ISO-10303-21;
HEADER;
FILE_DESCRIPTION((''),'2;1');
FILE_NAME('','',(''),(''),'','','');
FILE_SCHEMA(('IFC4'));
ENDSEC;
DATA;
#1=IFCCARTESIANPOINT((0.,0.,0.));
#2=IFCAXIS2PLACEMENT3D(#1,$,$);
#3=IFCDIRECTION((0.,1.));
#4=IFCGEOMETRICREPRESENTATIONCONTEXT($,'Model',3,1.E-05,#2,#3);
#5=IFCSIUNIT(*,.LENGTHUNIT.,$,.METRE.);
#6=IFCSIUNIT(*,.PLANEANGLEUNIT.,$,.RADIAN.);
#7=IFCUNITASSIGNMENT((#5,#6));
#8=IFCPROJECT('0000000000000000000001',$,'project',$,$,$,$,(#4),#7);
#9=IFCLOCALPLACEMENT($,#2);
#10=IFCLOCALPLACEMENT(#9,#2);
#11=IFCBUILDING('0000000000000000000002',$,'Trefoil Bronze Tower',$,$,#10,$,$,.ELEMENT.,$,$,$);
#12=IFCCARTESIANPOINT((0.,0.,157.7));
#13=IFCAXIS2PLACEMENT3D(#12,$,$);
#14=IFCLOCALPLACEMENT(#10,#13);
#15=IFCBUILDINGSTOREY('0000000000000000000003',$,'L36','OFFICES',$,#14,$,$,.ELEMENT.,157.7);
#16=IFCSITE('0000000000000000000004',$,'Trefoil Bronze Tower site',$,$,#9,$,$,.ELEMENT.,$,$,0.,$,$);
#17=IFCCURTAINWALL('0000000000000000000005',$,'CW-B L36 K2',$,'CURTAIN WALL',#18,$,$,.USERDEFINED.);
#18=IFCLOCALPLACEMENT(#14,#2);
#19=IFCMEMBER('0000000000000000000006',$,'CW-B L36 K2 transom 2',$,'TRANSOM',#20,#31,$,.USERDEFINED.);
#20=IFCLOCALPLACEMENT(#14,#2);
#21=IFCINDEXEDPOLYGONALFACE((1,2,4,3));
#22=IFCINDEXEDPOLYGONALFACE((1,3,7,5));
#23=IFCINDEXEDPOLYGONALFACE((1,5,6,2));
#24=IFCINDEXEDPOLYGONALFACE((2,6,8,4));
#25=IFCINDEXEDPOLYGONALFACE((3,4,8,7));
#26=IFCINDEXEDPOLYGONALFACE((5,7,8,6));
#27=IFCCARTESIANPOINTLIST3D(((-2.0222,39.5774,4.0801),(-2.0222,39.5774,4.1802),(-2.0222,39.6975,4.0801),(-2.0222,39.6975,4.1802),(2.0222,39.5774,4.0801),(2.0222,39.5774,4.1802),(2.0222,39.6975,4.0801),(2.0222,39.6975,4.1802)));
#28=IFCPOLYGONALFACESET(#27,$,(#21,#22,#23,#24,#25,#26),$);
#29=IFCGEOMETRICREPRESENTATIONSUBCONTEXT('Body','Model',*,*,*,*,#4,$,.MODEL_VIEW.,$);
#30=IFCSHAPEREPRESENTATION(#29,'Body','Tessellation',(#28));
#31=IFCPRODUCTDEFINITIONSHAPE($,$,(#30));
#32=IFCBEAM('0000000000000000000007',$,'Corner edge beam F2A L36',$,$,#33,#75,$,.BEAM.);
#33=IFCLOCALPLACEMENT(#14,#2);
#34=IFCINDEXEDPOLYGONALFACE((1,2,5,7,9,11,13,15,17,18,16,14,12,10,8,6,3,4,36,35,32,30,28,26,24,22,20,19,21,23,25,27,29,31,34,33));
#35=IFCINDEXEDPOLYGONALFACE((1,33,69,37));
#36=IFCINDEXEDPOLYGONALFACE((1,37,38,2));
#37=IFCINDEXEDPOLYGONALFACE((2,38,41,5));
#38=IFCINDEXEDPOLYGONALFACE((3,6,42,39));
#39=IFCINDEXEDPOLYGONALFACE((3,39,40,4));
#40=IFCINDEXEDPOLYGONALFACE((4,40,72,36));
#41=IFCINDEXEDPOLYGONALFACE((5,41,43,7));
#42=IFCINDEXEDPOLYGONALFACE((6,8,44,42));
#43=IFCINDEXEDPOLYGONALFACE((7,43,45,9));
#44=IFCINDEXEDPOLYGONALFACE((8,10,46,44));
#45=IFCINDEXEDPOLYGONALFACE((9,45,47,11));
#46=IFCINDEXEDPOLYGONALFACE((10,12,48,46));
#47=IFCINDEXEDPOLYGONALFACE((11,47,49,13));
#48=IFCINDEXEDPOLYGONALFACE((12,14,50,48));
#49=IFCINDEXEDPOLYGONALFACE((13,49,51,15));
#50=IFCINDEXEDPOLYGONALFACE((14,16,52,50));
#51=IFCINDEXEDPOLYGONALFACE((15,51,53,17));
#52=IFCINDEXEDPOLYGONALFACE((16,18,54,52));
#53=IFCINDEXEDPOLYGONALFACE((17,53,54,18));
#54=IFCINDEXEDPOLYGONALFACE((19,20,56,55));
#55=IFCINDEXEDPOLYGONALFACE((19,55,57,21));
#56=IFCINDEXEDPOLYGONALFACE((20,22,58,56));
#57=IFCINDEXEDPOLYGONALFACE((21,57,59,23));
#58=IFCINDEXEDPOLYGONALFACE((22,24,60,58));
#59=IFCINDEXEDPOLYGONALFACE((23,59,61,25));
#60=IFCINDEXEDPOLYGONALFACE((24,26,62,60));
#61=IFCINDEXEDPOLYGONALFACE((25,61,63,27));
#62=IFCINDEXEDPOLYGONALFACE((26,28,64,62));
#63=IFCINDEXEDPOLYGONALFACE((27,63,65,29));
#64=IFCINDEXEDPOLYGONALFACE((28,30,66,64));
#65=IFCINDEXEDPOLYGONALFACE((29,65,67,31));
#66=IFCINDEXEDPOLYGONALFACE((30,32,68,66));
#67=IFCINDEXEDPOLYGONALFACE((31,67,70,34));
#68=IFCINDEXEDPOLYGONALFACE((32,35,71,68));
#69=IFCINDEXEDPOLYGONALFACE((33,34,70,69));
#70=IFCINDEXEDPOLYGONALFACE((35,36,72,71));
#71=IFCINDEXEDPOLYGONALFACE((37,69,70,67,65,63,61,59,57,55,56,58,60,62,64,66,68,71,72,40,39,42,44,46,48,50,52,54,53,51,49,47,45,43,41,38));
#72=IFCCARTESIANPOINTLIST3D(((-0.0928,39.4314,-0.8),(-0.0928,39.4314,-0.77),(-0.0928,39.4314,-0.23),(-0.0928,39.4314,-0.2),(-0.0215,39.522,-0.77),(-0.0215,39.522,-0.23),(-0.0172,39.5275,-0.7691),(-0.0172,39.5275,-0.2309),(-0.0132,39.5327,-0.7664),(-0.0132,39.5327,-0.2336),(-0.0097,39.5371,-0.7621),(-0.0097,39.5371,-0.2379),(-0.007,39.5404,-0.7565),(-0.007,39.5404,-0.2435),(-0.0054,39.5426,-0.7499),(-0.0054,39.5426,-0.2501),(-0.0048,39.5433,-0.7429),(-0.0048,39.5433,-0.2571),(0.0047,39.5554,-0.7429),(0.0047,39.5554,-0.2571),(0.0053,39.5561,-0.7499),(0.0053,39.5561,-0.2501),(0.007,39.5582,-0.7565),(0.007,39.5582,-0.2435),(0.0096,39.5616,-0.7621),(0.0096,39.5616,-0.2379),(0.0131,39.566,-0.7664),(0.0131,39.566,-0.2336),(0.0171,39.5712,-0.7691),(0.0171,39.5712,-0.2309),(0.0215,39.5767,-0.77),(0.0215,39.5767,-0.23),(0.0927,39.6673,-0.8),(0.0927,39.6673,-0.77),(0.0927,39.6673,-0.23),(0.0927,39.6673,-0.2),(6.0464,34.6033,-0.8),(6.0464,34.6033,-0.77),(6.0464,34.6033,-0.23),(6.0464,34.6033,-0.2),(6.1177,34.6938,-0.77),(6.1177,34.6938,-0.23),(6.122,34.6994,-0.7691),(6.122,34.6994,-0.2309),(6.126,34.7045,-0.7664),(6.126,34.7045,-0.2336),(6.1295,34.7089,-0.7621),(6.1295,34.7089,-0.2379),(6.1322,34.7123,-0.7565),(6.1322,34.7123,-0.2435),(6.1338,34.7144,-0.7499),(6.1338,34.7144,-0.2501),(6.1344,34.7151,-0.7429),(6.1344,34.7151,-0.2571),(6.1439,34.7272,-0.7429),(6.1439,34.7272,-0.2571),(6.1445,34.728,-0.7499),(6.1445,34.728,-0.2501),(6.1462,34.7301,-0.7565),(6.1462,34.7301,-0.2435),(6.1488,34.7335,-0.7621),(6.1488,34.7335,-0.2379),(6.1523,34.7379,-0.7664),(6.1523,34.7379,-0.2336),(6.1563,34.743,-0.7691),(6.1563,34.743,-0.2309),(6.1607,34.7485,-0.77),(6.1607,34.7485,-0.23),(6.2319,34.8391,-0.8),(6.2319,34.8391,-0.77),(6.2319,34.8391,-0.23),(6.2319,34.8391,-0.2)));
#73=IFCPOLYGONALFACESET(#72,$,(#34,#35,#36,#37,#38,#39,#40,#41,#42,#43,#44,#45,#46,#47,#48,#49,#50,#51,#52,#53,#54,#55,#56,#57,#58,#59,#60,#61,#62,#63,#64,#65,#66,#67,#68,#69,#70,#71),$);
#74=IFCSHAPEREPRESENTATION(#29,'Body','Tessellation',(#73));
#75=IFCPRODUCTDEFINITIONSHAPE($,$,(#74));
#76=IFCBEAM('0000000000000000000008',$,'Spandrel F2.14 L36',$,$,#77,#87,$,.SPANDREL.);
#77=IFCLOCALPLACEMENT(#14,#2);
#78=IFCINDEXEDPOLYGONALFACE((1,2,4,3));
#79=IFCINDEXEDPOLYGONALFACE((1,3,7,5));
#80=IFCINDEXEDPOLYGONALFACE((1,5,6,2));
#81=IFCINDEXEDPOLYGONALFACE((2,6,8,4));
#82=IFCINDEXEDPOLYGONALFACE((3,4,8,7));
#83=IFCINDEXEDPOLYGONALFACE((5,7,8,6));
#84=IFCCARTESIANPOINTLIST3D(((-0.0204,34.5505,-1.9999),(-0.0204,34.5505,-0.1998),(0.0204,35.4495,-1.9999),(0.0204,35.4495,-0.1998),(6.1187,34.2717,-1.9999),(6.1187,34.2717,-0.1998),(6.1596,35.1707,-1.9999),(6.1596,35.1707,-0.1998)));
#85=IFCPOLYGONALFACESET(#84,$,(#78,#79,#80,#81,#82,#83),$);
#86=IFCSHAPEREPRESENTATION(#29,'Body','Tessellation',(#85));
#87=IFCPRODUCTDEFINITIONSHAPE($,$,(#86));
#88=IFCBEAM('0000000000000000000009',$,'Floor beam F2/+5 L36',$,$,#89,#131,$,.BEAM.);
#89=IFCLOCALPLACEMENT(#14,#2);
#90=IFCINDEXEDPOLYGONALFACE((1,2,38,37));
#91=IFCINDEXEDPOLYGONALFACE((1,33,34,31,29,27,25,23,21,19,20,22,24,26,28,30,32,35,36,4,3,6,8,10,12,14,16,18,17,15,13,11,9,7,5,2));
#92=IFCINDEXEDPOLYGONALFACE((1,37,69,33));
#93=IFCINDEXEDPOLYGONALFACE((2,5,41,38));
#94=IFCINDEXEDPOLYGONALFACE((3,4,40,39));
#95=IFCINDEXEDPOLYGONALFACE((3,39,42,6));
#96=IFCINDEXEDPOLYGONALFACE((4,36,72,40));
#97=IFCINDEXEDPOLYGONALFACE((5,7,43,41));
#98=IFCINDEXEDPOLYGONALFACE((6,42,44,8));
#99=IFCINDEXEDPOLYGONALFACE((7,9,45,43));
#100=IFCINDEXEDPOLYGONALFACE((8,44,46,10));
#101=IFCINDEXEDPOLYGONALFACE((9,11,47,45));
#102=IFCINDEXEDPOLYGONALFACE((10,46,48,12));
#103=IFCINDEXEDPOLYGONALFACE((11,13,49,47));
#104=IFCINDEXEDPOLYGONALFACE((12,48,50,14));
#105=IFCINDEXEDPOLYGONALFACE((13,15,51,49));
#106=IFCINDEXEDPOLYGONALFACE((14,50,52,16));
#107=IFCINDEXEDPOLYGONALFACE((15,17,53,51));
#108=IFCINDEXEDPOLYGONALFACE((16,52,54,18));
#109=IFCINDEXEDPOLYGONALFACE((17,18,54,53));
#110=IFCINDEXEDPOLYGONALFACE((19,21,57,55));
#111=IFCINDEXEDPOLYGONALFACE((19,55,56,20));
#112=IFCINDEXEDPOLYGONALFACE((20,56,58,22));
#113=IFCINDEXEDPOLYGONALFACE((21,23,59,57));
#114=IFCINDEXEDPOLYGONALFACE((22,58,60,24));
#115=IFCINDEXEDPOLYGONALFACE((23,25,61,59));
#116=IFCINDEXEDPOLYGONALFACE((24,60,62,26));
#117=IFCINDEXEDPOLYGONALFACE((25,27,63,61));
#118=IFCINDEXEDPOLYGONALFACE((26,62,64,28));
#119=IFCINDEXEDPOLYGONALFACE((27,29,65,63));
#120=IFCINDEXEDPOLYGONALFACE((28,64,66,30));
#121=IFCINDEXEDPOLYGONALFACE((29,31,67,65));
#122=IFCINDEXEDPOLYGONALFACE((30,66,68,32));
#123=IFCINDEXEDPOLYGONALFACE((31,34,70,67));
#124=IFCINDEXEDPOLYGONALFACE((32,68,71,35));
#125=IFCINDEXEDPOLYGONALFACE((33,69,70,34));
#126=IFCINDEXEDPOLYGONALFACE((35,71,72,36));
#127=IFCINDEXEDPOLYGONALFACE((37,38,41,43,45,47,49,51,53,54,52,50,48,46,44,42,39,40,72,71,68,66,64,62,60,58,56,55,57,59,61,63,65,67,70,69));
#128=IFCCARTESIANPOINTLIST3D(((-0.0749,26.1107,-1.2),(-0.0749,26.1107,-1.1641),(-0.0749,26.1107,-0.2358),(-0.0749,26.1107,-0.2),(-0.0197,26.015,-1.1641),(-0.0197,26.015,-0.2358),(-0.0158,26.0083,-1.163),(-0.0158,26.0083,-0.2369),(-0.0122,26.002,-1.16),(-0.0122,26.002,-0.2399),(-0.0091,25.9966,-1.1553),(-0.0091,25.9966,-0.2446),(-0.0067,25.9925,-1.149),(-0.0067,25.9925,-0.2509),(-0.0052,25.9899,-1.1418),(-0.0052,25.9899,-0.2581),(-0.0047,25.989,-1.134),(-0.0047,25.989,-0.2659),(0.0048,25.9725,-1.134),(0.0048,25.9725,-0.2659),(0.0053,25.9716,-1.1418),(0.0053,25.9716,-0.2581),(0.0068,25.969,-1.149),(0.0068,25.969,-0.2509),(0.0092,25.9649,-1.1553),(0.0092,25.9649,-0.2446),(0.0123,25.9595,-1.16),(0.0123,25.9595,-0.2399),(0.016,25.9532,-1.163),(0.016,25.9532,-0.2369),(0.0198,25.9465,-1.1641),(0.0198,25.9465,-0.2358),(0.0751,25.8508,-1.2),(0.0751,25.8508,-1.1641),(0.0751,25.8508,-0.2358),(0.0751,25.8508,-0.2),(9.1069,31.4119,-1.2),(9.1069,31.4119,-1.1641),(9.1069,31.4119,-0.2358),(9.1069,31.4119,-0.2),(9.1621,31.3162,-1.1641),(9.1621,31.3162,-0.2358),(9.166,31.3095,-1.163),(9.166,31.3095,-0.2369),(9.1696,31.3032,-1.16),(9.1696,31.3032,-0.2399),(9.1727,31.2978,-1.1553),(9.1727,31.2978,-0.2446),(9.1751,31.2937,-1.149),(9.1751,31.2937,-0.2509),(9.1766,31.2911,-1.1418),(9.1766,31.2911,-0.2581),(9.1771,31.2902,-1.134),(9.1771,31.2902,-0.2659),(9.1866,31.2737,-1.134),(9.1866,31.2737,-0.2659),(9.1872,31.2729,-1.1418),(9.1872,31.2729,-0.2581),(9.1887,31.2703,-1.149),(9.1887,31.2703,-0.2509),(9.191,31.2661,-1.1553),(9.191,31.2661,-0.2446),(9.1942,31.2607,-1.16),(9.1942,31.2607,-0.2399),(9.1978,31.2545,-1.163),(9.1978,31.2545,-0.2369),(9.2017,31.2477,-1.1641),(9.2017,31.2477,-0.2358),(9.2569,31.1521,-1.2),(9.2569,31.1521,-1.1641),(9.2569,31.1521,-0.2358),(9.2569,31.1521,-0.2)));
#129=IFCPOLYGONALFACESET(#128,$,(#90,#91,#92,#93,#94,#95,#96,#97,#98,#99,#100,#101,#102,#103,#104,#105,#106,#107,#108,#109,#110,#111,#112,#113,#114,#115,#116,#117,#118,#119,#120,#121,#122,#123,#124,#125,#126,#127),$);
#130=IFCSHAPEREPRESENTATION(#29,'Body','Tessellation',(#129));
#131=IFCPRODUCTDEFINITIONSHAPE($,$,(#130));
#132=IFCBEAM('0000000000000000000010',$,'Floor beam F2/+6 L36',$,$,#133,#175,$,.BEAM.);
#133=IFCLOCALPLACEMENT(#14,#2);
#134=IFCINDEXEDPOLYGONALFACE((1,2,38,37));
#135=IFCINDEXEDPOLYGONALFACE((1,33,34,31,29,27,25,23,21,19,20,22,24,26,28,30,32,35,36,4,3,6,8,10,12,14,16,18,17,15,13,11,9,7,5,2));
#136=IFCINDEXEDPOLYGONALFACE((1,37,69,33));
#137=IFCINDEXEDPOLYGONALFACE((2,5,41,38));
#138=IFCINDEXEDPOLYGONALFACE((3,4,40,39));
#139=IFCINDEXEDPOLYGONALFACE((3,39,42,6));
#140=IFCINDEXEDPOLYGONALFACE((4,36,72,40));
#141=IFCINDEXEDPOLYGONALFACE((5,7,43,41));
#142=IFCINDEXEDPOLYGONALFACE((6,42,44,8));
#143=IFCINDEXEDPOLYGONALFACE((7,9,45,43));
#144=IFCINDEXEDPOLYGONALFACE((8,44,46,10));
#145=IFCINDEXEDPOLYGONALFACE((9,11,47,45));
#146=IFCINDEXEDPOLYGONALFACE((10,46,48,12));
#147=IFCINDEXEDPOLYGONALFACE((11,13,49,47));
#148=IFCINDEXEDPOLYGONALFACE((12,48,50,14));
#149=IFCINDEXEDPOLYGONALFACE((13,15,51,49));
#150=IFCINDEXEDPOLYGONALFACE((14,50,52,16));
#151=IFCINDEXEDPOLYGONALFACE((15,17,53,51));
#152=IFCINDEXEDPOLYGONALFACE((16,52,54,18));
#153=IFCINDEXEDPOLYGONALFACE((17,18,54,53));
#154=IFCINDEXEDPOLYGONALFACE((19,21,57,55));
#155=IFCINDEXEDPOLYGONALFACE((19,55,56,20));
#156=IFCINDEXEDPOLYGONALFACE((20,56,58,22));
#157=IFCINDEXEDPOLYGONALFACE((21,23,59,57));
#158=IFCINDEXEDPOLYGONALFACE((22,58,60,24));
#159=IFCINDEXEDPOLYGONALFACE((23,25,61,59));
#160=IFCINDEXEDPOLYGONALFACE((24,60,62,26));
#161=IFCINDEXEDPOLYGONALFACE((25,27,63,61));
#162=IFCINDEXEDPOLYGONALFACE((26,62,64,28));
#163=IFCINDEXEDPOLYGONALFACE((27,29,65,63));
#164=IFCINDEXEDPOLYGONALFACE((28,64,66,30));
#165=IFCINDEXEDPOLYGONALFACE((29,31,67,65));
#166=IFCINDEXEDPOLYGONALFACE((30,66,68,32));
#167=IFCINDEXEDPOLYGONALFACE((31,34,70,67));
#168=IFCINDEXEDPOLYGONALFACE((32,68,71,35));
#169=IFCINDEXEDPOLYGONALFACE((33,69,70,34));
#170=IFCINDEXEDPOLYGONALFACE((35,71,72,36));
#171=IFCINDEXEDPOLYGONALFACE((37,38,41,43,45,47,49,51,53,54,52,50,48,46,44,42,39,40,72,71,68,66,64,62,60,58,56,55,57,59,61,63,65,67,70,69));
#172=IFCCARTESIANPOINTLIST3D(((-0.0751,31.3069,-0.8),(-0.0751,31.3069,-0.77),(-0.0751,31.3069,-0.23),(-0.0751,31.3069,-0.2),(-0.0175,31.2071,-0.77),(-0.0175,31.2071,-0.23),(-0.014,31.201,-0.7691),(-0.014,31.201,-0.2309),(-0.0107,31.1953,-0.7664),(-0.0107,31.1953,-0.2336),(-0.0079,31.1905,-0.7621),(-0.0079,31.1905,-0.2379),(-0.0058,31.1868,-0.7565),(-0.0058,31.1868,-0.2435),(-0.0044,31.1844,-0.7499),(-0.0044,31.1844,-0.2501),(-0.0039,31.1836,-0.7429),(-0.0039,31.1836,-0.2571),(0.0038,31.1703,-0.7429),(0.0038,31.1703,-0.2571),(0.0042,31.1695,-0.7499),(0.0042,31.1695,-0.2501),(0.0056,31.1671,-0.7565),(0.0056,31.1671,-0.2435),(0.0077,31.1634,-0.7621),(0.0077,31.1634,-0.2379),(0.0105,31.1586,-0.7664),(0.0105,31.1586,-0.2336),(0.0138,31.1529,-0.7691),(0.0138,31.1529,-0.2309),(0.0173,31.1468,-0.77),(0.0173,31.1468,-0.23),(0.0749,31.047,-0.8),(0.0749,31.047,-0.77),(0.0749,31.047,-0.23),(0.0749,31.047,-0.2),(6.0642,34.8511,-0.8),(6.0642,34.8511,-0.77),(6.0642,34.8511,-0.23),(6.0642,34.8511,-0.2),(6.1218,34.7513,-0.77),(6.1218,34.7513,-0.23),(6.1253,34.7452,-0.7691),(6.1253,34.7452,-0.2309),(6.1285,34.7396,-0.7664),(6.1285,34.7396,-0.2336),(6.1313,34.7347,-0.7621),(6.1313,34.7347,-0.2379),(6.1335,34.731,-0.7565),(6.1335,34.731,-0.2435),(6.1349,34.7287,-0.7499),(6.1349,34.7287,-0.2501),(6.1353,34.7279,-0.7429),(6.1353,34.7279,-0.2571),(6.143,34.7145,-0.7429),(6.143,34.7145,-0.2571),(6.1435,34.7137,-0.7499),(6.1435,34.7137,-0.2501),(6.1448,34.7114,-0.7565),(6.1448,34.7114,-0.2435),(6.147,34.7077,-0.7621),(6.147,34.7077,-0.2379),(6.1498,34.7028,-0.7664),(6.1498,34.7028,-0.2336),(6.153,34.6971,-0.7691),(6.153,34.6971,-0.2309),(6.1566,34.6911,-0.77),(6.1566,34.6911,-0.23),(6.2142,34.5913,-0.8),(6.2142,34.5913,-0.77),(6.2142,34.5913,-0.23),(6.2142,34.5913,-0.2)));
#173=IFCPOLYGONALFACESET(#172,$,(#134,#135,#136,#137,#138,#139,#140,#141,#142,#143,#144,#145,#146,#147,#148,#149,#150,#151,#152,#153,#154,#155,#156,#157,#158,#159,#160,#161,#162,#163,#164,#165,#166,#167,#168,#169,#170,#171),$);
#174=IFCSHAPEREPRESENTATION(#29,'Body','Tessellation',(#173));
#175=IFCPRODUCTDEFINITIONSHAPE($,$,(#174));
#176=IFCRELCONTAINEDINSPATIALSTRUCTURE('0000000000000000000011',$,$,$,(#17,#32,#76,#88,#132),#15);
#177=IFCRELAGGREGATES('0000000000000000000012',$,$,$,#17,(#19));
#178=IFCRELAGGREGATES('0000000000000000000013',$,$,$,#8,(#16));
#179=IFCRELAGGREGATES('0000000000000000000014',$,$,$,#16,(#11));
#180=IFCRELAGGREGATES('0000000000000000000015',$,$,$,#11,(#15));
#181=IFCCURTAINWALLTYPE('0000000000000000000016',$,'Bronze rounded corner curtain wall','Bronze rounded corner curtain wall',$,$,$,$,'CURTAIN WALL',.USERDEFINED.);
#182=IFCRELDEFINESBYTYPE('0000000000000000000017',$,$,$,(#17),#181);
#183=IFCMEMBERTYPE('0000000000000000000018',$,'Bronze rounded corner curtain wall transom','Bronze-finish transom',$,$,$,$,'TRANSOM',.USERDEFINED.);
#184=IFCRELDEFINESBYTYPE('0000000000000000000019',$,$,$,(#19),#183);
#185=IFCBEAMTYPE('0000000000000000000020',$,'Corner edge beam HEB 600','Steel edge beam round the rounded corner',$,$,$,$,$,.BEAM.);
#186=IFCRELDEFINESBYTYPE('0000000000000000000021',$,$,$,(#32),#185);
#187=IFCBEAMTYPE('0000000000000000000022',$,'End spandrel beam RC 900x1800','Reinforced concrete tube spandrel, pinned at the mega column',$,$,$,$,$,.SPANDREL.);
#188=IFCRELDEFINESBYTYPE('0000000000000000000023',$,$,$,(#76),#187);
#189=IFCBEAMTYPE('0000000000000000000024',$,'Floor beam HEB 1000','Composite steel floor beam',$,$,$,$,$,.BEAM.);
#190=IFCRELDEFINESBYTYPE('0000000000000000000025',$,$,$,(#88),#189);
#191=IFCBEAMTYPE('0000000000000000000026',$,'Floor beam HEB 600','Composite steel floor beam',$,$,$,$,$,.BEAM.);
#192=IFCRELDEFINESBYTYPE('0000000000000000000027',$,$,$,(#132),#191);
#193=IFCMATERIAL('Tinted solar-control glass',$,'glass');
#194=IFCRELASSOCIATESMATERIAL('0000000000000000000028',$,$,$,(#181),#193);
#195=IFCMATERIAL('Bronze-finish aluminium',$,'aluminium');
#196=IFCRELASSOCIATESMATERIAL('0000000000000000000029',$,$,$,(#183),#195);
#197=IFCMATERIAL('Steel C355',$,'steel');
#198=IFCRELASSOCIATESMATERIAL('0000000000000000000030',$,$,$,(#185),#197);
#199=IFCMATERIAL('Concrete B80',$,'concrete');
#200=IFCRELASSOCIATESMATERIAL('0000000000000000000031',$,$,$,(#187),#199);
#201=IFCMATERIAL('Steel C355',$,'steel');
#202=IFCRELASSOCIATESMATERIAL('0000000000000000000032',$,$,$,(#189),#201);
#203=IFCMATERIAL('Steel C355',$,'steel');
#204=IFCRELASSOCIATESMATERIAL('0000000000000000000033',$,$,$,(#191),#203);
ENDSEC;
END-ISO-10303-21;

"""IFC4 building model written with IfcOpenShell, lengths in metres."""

from ifc_helpers import new_model, si_unit, direction, frame, origin, origin_2d, place, context, subcontext, project, spatial, rectangle, i_section, extrude, material, material_profile, profile_set, type_object, element, aggregate, save


model = new_model("IFC4")

# Units and contexts
model_context = context("Model", 3, precision=1e-05, world=origin(), true_north=direction((0.0, 1.0)))
body_context = subcontext(model_context, "Body", "Model", "MODEL_VIEW")
ifc_project = project(units=[si_unit("LENGTHUNIT", "METRE"), si_unit("PLANEANGLEUNIT", "RADIAN")], contexts=[model_context])

# Site, building, storey
site_placement = place(None, origin())
site = spatial("IfcSite", under=ifc_project, at=site_placement, Name="Trefoil Bronze Tower site", CompositionType="ELEMENT", RefElevation=0.0)
building_placement = place(site_placement, origin())
building = spatial("IfcBuilding", under=site, at=building_placement, Name="Trefoil Bronze Tower", CompositionType="ELEMENT")
storey_placement = place(building_placement, frame((0.0, 0.0, 157.7)))
storey = spatial("IfcBuildingStorey", under=building, at=storey_placement, Name="L36", Description="OFFICES", CompositionType="ELEMENT", Elevation=157.7)

# Curtain wall, member
ifc_material_1 = material(Name="Tinted solar-control glass", Category="glass")
curtain_wall_type_1 = type_object("IfcCurtainWallType", Name="Bronze rounded corner curtain wall", Description="Bronze rounded corner curtain wall", ElementType="CURTAIN WALL", PredefinedType="USERDEFINED", material=ifc_material_1)
curtain_wall_1_placement = place(storey_placement, origin())
curtain_wall_1 = element("IfcCurtainWall", 1, at=curtain_wall_1_placement, inside=storey, type_object=curtain_wall_type_1, Name="CW-B L36 K2", ObjectType="CURTAIN WALL", PredefinedType="USERDEFINED")
ifc_material_2 = material(Name="Bronze-finish aluminium", Category="aluminium")
ifc_material_profile_1 = material_profile(ifc_material_2, rectangle(XDim=0.1201, YDim=0.1001, at=origin_2d()), Name="CW-B transom")
ifc_profile_set_1 = profile_set([ifc_material_profile_1], Name="Bronze-finish aluminium")
member_type_1 = type_object("IfcMemberType", Name="Bronze rounded corner curtain wall transom", Description="Bronze-finish transom", ElementType="TRANSOM", PredefinedType="USERDEFINED", material=ifc_profile_set_1)
member_1_placement = place(storey_placement, frame((2.0222, 39.6375, 4.1301), z_axis=(-1.0, 0.0, 0.0), x_axis=(0.0, -1.0, 0.0)))
member_1 = element("IfcMember", 2, at=member_1_placement, type_object=member_type_1, Name="CW-B L36 K2 transom 2", ObjectType="TRANSOM", PredefinedType="USERDEFINED", context=body_context, shape_type="SweptSolid", body=[
    extrude(rectangle(XDim=0.1201, YDim=0.1001, at=origin_2d()), origin(), (0.0, 0.0, 1.0), 4.0444),
])

# Beams
ifc_material_3 = material(Name="Steel C355", Category="steel")
ifc_material_profile_2 = material_profile(ifc_material_3, i_section(OverallWidth=0.3, OverallDepth=0.6001, WebThickness=0.0154, FlangeThickness=0.03, FilletRadius=0.0271, at=origin_2d()), Name="HEB 600")
ifc_profile_set_2 = profile_set([ifc_material_profile_2], Name="Steel C355")
beam_type_1 = type_object("IfcBeamType", Name="Corner edge beam HEB 600", Description="Steel edge beam round the rounded corner", PredefinedType="BEAM", material=ifc_profile_set_2)
beam_1_placement = place(storey_placement, frame((6.1392, 34.7212, -0.5), z_axis=(-0.786038, 0.618178, 0.0), x_axis=(-0.618178, -0.786038, 0.0)))
element("IfcBeam", 3, at=beam_1_placement, inside=storey, type_object=beam_type_1, Name="Corner edge beam F2A L36", PredefinedType="BEAM", context=body_context, shape_type="SweptSolid", body=[
    extrude(i_section(OverallWidth=0.3, OverallDepth=0.6001, WebThickness=0.0154, FlangeThickness=0.03, FilletRadius=0.0271, at=origin_2d()), origin(), (0.0, 0.0, 1.0), 7.8103),
])
ifc_material_4 = material(Name="Concrete B80", Category="concrete")
ifc_material_profile_3 = material_profile(ifc_material_4, rectangle(XDim=0.8999, YDim=1.8, at=origin_2d()), Name="RC 900x1800")
ifc_profile_set_3 = profile_set([ifc_material_profile_3], Name="Concrete B80")
beam_type_2 = type_object("IfcBeamType", Name="End spandrel beam RC 900x1800", Description="Reinforced concrete tube spandrel, pinned at the mega column", PredefinedType="SPANDREL", material=ifc_profile_set_3)
beam_2_placement = place(storey_placement, frame((6.1392, 34.7212, -1.0999), z_axis=(-0.99897, 0.045368, 0.0), x_axis=(-0.045368, -0.99897, 0.0)))
element("IfcBeam", 4, at=beam_2_placement, inside=storey, type_object=beam_type_2, Name="Spandrel F2.14 L36", PredefinedType="SPANDREL", context=body_context, shape_type="SweptSolid", body=[
    extrude(rectangle(XDim=0.8999, YDim=1.8, at=origin_2d()), origin(), (0.0, 0.0, 1.0), 6.1455),
])
ifc_material_5 = material(Name="Steel C355", Category="steel")
ifc_material_profile_4 = material_profile(ifc_material_5, i_section(OverallWidth=0.3, OverallDepth=1.0, WebThickness=0.019, FlangeThickness=0.0359, FilletRadius=0.03, at=origin_2d()), Name="HEB 1000")
ifc_profile_set_4 = profile_set([ifc_material_profile_4], Name="Steel C355")
beam_type_3 = type_object("IfcBeamType", Name="Floor beam HEB 1000", Description="Composite steel floor beam", PredefinedType="BEAM", material=ifc_profile_set_4)
beam_3_placement = place(storey_placement, frame((9.1819, 31.282, -0.7), z_axis=(-0.866021, -0.500007, 0.0), x_axis=(0.500007, -0.866021, 0.0)))
element("IfcBeam", 5, at=beam_3_placement, inside=storey, type_object=beam_type_3, Name="Floor beam F2/+5 L36", PredefinedType="BEAM", context=body_context, shape_type="SweptSolid", body=[
    extrude(i_section(OverallWidth=0.3, OverallDepth=1.0, WebThickness=0.019, FlangeThickness=0.0359, FilletRadius=0.03, at=origin_2d()), origin(), (0.0, 0.0, 1.0), 10.6023),
])
ifc_material_6 = material(Name="Steel C355", Category="steel")
ifc_material_profile_5 = material_profile(ifc_material_6, i_section(OverallWidth=0.3, OverallDepth=0.6001, WebThickness=0.0154, FlangeThickness=0.03, FilletRadius=0.0271, at=origin_2d()), Name="HEB 600")
ifc_profile_set_5 = profile_set([ifc_material_profile_5], Name="Steel C355")
beam_type_4 = type_object("IfcBeamType", Name="Floor beam HEB 600", Description="Composite steel floor beam", PredefinedType="BEAM", material=ifc_profile_set_5)
beam_4_placement = place(storey_placement, frame((6.1392, 34.7212, -0.5), z_axis=(-0.866041, -0.499973, 0.0), x_axis=(0.499973, -0.866041, 0.0)))
element("IfcBeam", 6, at=beam_4_placement, inside=storey, type_object=beam_type_4, Name="Floor beam F2/+6 L36", PredefinedType="BEAM", context=body_context, shape_type="SweptSolid", body=[
    extrude(i_section(OverallWidth=0.3, OverallDepth=0.6001, WebThickness=0.0154, FlangeThickness=0.03, FilletRadius=0.0271, at=origin_2d()), origin(), (0.0, 0.0, 1.0), 7.0889),
])

aggregate(curtain_wall_1, [member_1])

save(model, "model.ifc")
